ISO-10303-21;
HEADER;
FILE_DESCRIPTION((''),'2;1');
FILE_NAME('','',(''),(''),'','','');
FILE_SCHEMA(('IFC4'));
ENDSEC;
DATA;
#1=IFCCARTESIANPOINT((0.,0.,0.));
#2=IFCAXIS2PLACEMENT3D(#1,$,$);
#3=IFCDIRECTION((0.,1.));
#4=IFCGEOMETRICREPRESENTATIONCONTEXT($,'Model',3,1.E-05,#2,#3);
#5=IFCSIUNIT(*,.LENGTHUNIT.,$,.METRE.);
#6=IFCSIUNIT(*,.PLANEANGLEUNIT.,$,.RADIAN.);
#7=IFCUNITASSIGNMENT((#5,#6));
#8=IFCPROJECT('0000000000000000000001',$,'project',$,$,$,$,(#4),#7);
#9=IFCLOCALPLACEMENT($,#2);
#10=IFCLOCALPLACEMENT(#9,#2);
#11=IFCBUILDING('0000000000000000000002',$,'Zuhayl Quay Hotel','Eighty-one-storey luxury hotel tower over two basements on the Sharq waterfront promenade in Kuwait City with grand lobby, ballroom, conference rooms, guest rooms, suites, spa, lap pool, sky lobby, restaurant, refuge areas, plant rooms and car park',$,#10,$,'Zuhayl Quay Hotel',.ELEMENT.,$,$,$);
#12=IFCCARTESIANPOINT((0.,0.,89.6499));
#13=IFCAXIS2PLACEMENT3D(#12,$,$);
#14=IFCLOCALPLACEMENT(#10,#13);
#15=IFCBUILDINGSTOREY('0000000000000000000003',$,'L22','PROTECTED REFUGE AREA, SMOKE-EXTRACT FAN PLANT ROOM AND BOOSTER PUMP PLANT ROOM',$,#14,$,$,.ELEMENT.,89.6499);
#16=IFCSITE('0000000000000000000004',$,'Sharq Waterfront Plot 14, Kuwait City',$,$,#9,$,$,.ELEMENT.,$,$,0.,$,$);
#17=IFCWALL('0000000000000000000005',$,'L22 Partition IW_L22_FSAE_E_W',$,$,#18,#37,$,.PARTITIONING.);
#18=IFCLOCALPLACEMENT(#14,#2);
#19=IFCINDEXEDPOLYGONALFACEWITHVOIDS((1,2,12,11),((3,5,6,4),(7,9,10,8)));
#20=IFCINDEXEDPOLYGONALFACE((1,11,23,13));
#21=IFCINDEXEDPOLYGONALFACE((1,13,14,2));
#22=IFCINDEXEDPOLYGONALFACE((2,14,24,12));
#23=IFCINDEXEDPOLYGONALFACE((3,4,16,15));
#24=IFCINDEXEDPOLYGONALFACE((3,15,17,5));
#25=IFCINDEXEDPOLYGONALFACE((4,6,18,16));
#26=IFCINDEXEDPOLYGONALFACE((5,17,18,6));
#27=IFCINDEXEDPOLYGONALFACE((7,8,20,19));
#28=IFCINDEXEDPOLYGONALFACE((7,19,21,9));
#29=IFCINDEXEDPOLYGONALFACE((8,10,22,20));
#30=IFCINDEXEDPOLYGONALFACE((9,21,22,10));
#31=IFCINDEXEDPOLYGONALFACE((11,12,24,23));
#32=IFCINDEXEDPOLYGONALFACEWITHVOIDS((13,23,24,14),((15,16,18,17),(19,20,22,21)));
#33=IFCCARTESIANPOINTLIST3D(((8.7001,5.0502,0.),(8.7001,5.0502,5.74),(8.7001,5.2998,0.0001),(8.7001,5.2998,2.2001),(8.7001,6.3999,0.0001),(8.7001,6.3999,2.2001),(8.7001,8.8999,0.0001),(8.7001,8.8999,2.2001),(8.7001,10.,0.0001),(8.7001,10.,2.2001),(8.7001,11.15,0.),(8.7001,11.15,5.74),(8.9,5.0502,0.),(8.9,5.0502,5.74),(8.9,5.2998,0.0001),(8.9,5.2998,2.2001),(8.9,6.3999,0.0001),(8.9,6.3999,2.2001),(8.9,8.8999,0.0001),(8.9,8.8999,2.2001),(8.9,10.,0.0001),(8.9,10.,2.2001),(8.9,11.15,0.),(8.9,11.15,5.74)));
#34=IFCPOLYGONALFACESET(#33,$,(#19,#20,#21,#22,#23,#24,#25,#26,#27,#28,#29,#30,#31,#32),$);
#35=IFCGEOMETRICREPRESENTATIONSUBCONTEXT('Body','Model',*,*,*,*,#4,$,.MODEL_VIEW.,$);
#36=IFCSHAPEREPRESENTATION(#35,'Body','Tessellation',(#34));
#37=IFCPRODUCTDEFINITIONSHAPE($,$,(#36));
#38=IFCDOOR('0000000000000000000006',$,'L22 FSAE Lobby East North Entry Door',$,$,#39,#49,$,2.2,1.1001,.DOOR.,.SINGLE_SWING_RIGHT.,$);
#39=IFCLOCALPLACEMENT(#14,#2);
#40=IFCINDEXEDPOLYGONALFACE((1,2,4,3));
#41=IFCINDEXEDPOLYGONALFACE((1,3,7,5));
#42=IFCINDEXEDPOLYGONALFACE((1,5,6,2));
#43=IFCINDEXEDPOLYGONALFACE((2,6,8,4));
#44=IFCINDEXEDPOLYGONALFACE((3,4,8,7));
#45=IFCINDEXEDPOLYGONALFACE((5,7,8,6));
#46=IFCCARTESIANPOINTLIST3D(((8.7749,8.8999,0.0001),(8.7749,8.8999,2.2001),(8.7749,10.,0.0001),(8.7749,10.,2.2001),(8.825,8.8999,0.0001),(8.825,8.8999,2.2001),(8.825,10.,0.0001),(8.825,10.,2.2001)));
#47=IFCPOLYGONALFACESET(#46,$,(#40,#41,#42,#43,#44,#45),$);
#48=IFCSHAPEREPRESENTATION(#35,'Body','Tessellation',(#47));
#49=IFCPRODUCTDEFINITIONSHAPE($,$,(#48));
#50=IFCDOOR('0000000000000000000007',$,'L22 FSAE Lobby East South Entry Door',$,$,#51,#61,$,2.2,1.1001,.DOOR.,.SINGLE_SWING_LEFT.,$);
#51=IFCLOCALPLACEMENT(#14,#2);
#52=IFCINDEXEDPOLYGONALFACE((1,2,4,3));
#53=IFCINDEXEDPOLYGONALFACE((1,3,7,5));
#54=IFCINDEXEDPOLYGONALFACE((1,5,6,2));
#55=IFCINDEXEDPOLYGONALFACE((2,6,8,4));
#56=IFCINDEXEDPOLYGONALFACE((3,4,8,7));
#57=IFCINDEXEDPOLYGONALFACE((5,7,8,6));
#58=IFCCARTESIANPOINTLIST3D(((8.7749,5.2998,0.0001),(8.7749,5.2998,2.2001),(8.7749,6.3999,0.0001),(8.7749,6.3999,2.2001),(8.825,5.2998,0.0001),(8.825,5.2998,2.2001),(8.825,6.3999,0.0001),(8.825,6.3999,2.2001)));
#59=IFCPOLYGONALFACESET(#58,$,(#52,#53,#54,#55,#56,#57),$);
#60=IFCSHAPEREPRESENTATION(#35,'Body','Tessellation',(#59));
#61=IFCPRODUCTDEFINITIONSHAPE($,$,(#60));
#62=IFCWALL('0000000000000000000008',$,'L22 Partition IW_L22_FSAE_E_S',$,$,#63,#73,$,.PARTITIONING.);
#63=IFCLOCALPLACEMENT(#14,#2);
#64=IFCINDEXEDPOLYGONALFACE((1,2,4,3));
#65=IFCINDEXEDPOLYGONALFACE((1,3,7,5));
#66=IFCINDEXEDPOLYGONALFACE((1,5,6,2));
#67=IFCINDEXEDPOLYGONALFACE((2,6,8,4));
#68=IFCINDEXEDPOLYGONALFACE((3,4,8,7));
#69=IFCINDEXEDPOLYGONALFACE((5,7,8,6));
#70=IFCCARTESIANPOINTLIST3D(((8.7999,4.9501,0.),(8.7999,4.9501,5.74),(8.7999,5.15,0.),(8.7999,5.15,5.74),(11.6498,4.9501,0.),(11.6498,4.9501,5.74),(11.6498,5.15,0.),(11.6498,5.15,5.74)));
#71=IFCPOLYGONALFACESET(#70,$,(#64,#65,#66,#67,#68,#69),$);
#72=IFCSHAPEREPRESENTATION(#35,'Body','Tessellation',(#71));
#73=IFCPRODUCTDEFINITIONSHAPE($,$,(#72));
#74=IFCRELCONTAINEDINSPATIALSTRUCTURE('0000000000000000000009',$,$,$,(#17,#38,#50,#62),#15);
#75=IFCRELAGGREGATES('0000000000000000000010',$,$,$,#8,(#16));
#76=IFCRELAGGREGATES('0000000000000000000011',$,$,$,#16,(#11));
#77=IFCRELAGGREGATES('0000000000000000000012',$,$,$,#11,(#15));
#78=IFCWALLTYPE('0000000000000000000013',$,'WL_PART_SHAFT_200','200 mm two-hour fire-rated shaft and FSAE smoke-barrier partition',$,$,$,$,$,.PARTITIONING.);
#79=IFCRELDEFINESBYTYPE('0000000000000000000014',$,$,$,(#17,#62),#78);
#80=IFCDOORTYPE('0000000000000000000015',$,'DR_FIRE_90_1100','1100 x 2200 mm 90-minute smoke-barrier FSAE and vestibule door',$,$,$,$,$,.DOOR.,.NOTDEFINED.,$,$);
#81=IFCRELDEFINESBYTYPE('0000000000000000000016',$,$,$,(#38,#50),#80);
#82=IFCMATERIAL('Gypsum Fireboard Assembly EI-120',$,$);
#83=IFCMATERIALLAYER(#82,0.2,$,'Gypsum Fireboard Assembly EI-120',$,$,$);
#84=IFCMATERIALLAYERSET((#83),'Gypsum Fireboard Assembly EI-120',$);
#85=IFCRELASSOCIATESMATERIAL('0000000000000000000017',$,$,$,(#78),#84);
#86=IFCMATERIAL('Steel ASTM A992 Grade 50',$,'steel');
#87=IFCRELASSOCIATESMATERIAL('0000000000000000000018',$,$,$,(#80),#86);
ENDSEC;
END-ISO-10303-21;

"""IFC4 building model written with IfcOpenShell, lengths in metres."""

from ifc_helpers import new_model, si_unit, direction, frame, frame_2d, origin, place, context, subcontext, project, spatial, rectangle, extrude, material, layer, layer_set, type_object, element, fill, save


model = new_model("IFC4")

# Units and contexts
model_context = context("Model", 3, precision=1e-05, world=origin(), true_north=direction((0.0, 1.0)))
body_context = subcontext(model_context, "Body", "Model", "MODEL_VIEW")
ifc_project = project(units=[si_unit("LENGTHUNIT", "METRE"), si_unit("PLANEANGLEUNIT", "RADIAN")], contexts=[model_context])

# Site, building, storey
site_placement = place(None, origin())
site = spatial("IfcSite", under=ifc_project, at=site_placement, Name="Sharq Waterfront Plot 14, Kuwait City", CompositionType="ELEMENT", RefElevation=0.0)
building_placement = place(site_placement, origin())
building = spatial("IfcBuilding", under=site, at=building_placement, Name="Zuhayl Quay Hotel", Description="Eighty-one-storey luxury hotel tower over two basements on the Sharq waterfront promenade in Kuwait City with grand lobby, ballroom, conference rooms, guest rooms, suites, spa, lap pool, sky lobby, restaurant, refuge areas, plant rooms and car park", LongName="Zuhayl Quay Hotel", CompositionType="ELEMENT")
storey_placement = place(building_placement, frame((0.0, 0.0, 89.6499)))
storey = spatial("IfcBuildingStorey", under=building, at=storey_placement, Name="L22", Description="PROTECTED REFUGE AREA, SMOKE-EXTRACT FAN PLANT ROOM AND BOOSTER PUMP PLANT ROOM", CompositionType="ELEMENT", Elevation=89.6499)

# Shared definitions
ifc_material_1 = material(Name="Steel ASTM A992 Grade 50", Category="steel")

# Wall, openings, doors
ifc_material_2 = material(Name="Gypsum Fireboard Assembly EI-120")
ifc_layer_1 = layer(ifc_material_2, 0.2, Name="Gypsum Fireboard Assembly EI-120")
ifc_layer_set_1 = layer_set([ifc_layer_1], Name="Gypsum Fireboard Assembly EI-120")
wall_type_1 = type_object("IfcWallType", Name="WL_PART_SHAFT_200", Description="200 mm two-hour fire-rated shaft and FSAE smoke-barrier partition", PredefinedType="PARTITIONING", material=ifc_layer_set_1)
wall_1_placement = place(storey_placement, frame((8.8, 11.1499, 0.0), z_axis=(0.0, 0.0, 1.0), x_axis=(0.0, -1.0, 0.0)))
wall_1 = element("IfcWall", 1, at=wall_1_placement, inside=storey, type_object=wall_type_1, Name="L22 Partition IW_L22_FSAE_E_W", PredefinedType="PARTITIONING", context=body_context, shape_type="SweptSolid", body=[
    extrude(rectangle(XDim=6.0999, YDim=0.2, at=frame_2d((3.0498, 0.0))), origin(), (0.0, 0.0, 1.0), 5.74),
])
opening_1_placement = place(wall_1_placement, frame((1.1499, 0.0, 0.0)))
opening_1 = element("IfcOpeningElement", 2, at=opening_1_placement, cuts=wall_1, PredefinedType="OPENING", context=body_context, shape_type="SweptSolid", body=[
    extrude(rectangle(XDim=1.1001, YDim=2.2, at=frame_2d((0.55, 1.1001))), frame((0.0, 0.1099, 0.0), z_axis=(0.0, -1.0, 0.0), x_axis=(1.0, 0.0, 0.0)), (0.0, 0.0, 1.0), 0.22),
])
opening_2_placement = place(wall_1_placement, frame((4.75, 0.0, 0.0)))
opening_2 = element("IfcOpeningElement", 3, at=opening_2_placement, cuts=wall_1, PredefinedType="OPENING", context=body_context, shape_type="SweptSolid", body=[
    extrude(rectangle(XDim=1.1001, YDim=2.2, at=frame_2d((0.55, 1.1001))), frame((0.0, 0.1099, 0.0), z_axis=(0.0, -1.0, 0.0), x_axis=(1.0, 0.0, 0.0)), (0.0, 0.0, 1.0), 0.22),
])
door_type_1 = type_object("IfcDoorType", Name="DR_FIRE_90_1100", Description="1100 x 2200 mm 90-minute smoke-barrier FSAE and vestibule door", OperationType="NOTDEFINED", PredefinedType="DOOR", material=ifc_material_1)
door_1_placement = place(opening_1_placement, origin())
door_1 = element("IfcDoor", 4, at=door_1_placement, inside=storey, type_object=door_type_1, Name="L22 FSAE Lobby East North Entry Door", OperationType="SINGLE_SWING_RIGHT", OverallHeight=2.2, OverallWidth=1.1001, PredefinedType="DOOR", context=body_context, shape_type="SweptSolid", body=[
    extrude(rectangle(XDim=1.1001, YDim=2.2, at=frame_2d((0.55, 1.1001))), frame((0.0, 0.0249, 0.0), z_axis=(0.0, -1.0, 0.0), x_axis=(1.0, 0.0, 0.0)), (0.0, 0.0, 1.0), 0.05),
])
fill(opening_1, door_1)
door_2_placement = place(opening_2_placement, origin())
door_2 = element("IfcDoor", 5, at=door_2_placement, inside=storey, type_object=door_type_1, Name="L22 FSAE Lobby East South Entry Door", OperationType="SINGLE_SWING_LEFT", OverallHeight=2.2, OverallWidth=1.1001, PredefinedType="DOOR", context=body_context, shape_type="SweptSolid", body=[
    extrude(rectangle(XDim=1.1001, YDim=2.2, at=frame_2d((0.55, 1.1001))), frame((0.0, 0.0249, 0.0), z_axis=(0.0, -1.0, 0.0), x_axis=(1.0, 0.0, 0.0)), (0.0, 0.0, 1.0), 0.05),
])
fill(opening_2, door_2)

# Wall
wall_2_placement = place(storey_placement, frame((8.8, 5.05, 0.0), z_axis=(0.0, 0.0, 1.0), x_axis=(1.0, 0.0, 0.0)))
element("IfcWall", 6, at=wall_2_placement, inside=storey, type_object=wall_type_1, Name="L22 Partition IW_L22_FSAE_E_S", PredefinedType="PARTITIONING", context=body_context, shape_type="SweptSolid", body=[
    extrude(rectangle(XDim=2.8499, YDim=0.2, at=frame_2d((1.4248, 0.0))), origin(), (0.0, 0.0, 1.0), 5.74),
])

save(model, "model.ifc")
